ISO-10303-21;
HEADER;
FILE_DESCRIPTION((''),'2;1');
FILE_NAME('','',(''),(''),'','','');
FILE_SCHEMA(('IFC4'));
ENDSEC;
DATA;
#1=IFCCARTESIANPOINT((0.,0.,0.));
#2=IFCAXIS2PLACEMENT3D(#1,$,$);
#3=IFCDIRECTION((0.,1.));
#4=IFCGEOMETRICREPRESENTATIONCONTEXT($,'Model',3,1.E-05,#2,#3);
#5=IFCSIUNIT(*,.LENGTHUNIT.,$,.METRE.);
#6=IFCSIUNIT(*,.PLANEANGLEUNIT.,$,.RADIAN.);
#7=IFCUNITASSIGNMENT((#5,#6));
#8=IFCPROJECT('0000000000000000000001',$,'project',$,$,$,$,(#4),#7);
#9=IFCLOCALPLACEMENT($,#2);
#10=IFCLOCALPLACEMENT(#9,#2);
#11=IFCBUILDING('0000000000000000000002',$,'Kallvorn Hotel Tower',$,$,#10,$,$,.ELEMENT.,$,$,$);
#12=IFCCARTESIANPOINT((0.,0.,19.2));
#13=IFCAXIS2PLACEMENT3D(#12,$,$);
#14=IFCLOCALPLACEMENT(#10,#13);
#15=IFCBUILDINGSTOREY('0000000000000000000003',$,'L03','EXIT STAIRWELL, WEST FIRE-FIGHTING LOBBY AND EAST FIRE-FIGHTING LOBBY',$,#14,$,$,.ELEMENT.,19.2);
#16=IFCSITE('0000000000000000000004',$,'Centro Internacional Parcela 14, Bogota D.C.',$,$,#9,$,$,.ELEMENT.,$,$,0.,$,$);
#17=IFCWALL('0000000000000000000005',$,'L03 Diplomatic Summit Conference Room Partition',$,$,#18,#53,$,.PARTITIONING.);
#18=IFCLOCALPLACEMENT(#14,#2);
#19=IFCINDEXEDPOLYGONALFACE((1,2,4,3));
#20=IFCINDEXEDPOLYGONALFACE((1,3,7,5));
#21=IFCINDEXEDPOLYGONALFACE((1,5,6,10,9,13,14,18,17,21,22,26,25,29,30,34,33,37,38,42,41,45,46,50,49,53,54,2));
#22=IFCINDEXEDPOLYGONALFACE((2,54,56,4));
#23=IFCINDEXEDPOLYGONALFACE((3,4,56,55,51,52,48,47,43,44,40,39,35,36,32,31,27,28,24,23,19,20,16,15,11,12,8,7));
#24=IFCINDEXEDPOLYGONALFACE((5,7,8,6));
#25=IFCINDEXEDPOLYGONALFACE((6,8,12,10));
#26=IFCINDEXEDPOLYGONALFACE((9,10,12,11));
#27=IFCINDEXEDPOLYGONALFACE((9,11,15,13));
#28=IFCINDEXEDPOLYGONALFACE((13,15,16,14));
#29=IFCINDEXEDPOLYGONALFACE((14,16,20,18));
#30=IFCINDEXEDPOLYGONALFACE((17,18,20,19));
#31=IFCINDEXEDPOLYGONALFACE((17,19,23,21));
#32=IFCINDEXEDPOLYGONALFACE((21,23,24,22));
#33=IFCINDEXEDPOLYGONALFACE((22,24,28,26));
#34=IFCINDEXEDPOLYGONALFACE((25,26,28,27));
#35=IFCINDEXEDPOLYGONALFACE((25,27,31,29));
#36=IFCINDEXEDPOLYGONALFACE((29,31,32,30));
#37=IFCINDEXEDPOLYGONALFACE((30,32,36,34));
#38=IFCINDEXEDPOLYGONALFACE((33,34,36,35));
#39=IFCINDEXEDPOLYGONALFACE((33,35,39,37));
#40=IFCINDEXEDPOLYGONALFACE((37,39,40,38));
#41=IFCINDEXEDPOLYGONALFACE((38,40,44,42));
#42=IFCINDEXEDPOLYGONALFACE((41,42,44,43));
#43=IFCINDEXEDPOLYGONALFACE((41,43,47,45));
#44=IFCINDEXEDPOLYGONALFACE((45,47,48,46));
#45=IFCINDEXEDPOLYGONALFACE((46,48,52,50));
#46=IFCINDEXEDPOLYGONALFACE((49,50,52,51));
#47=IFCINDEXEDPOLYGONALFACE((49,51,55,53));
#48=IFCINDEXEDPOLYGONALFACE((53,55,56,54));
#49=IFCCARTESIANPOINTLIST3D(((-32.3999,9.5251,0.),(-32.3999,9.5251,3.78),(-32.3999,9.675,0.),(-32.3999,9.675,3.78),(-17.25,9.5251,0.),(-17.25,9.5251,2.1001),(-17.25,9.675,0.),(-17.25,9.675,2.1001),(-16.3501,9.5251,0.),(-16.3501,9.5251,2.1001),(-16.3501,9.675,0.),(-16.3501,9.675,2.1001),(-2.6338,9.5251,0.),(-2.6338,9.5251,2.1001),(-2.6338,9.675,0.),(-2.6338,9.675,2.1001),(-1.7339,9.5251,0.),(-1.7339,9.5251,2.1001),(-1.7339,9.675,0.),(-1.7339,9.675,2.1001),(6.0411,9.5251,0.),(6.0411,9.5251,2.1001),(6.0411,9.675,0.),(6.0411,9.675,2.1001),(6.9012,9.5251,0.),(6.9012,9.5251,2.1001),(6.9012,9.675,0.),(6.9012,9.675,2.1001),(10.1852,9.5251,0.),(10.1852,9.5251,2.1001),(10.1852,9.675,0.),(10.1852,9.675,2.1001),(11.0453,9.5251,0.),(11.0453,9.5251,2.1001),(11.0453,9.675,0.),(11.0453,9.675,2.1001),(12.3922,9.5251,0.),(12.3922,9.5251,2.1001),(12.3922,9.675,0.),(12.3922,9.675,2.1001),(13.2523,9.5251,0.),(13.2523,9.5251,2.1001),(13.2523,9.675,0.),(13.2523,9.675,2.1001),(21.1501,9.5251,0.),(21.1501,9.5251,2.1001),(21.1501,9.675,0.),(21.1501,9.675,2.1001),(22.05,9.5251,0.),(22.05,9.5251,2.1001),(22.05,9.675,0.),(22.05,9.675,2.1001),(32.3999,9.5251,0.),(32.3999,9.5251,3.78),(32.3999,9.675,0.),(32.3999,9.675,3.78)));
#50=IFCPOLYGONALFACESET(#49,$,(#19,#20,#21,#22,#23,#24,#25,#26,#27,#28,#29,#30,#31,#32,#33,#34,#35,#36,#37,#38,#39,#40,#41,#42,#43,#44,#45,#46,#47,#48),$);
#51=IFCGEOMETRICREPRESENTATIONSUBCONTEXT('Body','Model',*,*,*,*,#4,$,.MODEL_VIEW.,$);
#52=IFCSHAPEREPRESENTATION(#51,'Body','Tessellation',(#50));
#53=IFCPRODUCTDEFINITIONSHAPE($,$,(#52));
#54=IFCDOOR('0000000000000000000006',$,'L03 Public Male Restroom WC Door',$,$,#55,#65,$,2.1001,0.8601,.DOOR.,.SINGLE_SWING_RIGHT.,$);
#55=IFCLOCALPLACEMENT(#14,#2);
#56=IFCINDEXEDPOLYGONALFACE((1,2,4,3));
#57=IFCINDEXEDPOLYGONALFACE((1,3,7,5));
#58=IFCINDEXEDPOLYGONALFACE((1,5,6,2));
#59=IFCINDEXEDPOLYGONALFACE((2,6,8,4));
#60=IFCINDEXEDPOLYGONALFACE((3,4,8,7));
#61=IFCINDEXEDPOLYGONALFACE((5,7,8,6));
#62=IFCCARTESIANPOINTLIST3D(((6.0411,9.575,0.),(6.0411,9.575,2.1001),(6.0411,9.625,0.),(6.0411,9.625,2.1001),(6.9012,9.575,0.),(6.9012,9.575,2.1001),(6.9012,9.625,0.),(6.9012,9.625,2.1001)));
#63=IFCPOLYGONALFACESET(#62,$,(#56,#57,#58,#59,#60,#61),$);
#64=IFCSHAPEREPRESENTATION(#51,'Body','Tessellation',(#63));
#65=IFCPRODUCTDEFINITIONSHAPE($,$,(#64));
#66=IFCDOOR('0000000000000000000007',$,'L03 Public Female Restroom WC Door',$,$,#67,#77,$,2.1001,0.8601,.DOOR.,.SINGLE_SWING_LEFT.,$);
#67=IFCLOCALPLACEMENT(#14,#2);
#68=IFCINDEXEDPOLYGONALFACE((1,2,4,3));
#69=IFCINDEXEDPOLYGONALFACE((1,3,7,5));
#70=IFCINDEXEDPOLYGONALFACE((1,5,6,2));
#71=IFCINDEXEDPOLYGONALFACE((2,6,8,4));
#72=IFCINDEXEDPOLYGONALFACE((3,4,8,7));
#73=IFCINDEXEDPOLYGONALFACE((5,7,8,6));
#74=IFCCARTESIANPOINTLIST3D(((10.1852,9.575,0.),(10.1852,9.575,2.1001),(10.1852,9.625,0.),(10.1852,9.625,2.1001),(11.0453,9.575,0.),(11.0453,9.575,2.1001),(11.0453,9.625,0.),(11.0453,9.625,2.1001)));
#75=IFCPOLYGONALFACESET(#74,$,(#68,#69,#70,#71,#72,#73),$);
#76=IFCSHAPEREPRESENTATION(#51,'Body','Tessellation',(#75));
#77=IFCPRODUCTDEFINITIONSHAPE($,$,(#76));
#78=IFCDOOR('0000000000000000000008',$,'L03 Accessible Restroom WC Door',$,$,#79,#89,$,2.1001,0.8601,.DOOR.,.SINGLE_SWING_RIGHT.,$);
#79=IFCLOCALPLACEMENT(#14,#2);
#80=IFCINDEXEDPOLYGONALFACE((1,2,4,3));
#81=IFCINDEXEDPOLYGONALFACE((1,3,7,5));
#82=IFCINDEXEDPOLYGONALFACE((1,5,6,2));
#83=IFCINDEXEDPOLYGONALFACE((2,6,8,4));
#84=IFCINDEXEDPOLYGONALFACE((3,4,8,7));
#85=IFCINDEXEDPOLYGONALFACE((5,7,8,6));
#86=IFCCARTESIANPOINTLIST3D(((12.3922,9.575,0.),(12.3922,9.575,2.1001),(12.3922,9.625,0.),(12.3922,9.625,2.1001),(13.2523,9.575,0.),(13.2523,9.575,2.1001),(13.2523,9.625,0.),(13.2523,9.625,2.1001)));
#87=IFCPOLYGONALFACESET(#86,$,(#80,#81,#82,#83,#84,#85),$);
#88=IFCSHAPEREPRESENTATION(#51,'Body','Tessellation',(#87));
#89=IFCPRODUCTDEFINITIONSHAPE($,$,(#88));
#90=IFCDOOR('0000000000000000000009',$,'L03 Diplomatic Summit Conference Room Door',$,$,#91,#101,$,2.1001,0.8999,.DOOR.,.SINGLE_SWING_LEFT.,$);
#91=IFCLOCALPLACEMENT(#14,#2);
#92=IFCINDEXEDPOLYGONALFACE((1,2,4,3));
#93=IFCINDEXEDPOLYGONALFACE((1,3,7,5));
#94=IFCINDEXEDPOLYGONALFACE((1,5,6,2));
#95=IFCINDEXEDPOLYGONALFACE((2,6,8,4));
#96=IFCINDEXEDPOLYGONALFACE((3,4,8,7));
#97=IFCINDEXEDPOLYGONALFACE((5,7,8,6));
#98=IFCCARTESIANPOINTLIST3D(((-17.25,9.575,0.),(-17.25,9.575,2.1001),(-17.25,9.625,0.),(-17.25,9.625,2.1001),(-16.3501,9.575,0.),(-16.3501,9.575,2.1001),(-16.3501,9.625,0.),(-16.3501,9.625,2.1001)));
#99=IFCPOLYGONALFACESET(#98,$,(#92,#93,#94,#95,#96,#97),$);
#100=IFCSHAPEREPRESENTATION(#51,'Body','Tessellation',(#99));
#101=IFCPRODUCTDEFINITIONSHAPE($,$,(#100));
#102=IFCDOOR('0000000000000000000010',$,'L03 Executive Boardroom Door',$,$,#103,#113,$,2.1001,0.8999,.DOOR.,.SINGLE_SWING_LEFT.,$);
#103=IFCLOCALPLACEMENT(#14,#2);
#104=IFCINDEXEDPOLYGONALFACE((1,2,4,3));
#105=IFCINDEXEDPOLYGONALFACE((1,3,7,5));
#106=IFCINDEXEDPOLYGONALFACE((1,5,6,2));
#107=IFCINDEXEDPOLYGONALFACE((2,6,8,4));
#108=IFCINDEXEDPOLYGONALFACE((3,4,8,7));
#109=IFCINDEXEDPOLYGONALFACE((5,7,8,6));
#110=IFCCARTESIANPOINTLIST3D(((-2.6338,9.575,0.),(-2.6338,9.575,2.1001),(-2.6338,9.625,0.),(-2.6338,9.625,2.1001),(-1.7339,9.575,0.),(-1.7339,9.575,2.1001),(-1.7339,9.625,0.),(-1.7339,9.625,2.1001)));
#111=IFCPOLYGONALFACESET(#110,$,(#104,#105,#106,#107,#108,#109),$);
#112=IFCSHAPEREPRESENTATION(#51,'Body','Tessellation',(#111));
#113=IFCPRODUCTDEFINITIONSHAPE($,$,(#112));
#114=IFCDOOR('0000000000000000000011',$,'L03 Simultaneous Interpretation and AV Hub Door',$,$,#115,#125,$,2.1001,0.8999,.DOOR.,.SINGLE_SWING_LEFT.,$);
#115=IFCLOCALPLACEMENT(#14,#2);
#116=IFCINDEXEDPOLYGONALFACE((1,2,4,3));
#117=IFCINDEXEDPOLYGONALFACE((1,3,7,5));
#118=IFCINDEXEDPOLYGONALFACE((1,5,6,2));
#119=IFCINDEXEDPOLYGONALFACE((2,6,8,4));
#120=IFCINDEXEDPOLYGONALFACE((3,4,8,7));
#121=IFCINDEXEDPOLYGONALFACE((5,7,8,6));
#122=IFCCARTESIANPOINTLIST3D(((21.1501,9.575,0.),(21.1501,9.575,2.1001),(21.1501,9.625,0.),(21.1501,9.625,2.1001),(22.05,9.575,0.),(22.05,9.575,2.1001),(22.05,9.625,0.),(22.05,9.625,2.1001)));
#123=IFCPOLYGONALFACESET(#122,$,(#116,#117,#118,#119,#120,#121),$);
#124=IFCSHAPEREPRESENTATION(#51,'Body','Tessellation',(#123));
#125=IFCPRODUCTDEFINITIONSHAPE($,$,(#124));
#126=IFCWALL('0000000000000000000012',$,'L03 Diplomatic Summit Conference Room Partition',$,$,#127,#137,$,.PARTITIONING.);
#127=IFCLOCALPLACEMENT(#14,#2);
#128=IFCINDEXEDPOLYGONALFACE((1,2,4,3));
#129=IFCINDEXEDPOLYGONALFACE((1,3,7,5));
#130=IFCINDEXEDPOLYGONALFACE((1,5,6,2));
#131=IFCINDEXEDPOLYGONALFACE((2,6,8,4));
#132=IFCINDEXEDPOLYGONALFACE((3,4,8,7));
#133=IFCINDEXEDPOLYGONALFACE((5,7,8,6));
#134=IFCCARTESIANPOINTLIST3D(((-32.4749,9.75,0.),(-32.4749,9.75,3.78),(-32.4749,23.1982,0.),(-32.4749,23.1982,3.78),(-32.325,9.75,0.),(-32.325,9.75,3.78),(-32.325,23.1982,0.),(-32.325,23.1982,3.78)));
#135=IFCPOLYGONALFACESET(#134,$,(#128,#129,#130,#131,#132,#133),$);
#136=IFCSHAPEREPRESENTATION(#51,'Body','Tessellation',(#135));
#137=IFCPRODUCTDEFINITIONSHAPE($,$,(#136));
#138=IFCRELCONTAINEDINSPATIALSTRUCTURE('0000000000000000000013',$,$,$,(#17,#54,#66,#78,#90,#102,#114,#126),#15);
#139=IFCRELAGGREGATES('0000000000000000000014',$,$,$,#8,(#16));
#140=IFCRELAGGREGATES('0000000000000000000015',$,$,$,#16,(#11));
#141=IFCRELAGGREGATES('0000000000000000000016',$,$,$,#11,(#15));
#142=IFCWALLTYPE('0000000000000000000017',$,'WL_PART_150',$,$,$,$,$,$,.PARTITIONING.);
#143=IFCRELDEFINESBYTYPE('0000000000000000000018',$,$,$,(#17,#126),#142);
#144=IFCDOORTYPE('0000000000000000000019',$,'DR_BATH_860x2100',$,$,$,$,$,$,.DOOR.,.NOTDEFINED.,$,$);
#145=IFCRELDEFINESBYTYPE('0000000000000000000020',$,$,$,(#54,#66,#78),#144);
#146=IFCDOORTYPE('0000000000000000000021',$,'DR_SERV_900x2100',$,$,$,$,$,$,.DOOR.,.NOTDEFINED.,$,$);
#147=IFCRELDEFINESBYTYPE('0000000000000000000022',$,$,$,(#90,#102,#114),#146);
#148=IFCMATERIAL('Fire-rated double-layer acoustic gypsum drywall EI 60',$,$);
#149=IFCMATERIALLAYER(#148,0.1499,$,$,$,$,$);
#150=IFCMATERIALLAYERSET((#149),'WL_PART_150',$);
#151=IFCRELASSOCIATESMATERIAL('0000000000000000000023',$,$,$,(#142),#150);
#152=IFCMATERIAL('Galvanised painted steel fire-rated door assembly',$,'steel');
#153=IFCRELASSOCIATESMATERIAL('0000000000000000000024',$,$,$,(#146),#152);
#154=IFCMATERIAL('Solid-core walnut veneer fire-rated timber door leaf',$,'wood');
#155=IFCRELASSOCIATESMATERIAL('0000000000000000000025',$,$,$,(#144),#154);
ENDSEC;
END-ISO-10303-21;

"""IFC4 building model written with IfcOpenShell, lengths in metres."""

from ifc_helpers import new_model, si_unit, direction, frame, frame_2d, origin, place, context, subcontext, project, spatial, rectangle, extrude, material, layer, layer_set, type_object, element, fill, save


model = new_model("IFC4")

# Units and contexts
model_context = context("Model", 3, precision=1e-05, world=origin(), true_north=direction((0.0, 1.0)))
body_context = subcontext(model_context, "Body", "Model", "MODEL_VIEW")
ifc_project = project(units=[si_unit("LENGTHUNIT", "METRE"), si_unit("PLANEANGLEUNIT", "RADIAN")], contexts=[model_context])

# Site, building, storey
site_placement = place(None, origin())
site = spatial("IfcSite", under=ifc_project, at=site_placement, Name="Centro Internacional Parcela 14, Bogota D.C.", CompositionType="ELEMENT", RefElevation=0.0)
building_placement = place(site_placement, origin())
building = spatial("IfcBuilding", under=site, at=building_placement, Name="Kallvorn Hotel Tower", CompositionType="ELEMENT")
storey_placement = place(building_placement, frame((0.0, 0.0, 19.2)))
storey = spatial("IfcBuildingStorey", under=building, at=storey_placement, Name="L03", Description="EXIT STAIRWELL, WEST FIRE-FIGHTING LOBBY AND EAST FIRE-FIGHTING LOBBY", CompositionType="ELEMENT", Elevation=19.2)

# Shared definitions
ifc_material_1 = material(Name="Fire-rated double-layer acoustic gypsum drywall EI 60")
ifc_layer = layer(ifc_material_1, 0.1499)
ifc_layer_set = layer_set([ifc_layer], Name="WL_PART_150")
wall_type = type_object("IfcWallType", Name="WL_PART_150", PredefinedType="PARTITIONING", material=ifc_layer_set)
ifc_material_2 = material(Name="Galvanised painted steel fire-rated door assembly", Category="steel")
door_type_1 = type_object("IfcDoorType", Name="DR_SERV_900x2100", OperationType="NOTDEFINED", PredefinedType="DOOR", material=ifc_material_2)

# Wall, openings, doors
wall_1_placement = place(storey_placement, frame((-32.3999, 9.6001, 0.0), z_axis=(0.0, 0.0, 1.0), x_axis=(1.0, 0.0, 0.0)))
wall_1 = element("IfcWall", 1, at=wall_1_placement, inside=storey, type_object=wall_type, Name="L03 Diplomatic Summit Conference Room Partition", PredefinedType="PARTITIONING", context=body_context, shape_type="SweptSolid", body=[
    extrude(rectangle(XDim=64.7998, YDim=0.1499, at=frame_2d((32.3999, 0.0))), origin(), (0.0, 0.0, 1.0), 3.78),
])
opening_1_placement = place(wall_1_placement, frame((15.1499, 0.0, 0.0)))
opening_1 = element("IfcOpeningElement", 2, at=opening_1_placement, cuts=wall_1, PredefinedType="OPENING", context=body_context, shape_type="SweptSolid", body=[
    extrude(rectangle(XDim=0.8999, YDim=2.1001, at=frame_2d((0.45, 1.05))), frame((0.0, 0.0898, 0.0), z_axis=(0.0, -1.0, 0.0), x_axis=(1.0, 0.0, 0.0)), (0.0, 0.0, 1.0), 0.1799),
])
opening_2_placement = place(wall_1_placement, frame((29.7661, 0.0, 0.0)))
opening_2 = element("IfcOpeningElement", 3, at=opening_2_placement, cuts=wall_1, PredefinedType="OPENING", context=body_context, shape_type="SweptSolid", body=[
    extrude(rectangle(XDim=0.8999, YDim=2.1001, at=frame_2d((0.45, 1.05))), frame((0.0, 0.0898, 0.0), z_axis=(0.0, -1.0, 0.0), x_axis=(1.0, 0.0, 0.0)), (0.0, 0.0, 1.0), 0.1799),
])
opening_3_placement = place(wall_1_placement, frame((38.4409, 0.0, 0.0)))
opening_3 = element("IfcOpeningElement", 4, at=opening_3_placement, cuts=wall_1, PredefinedType="OPENING", context=body_context, shape_type="SweptSolid", body=[
    extrude(rectangle(XDim=0.8601, YDim=2.1001, at=frame_2d((0.4302, 1.05))), frame((0.0, 0.0898, 0.0), z_axis=(0.0, -1.0, 0.0), x_axis=(1.0, 0.0, 0.0)), (0.0, 0.0, 1.0), 0.1799),
])
opening_4_placement = place(wall_1_placement, frame((42.585, 0.0, 0.0)))
opening_4 = element("IfcOpeningElement", 5, at=opening_4_placement, cuts=wall_1, PredefinedType="OPENING", context=body_context, shape_type="SweptSolid", body=[
    extrude(rectangle(XDim=0.8601, YDim=2.1001, at=frame_2d((0.4302, 1.05))), frame((0.0, 0.0898, 0.0), z_axis=(0.0, -1.0, 0.0), x_axis=(1.0, 0.0, 0.0)), (0.0, 0.0, 1.0), 0.1799),
])
opening_5_placement = place(wall_1_placement, frame((44.792, 0.0, 0.0)))
opening_5 = element("IfcOpeningElement", 6, at=opening_5_placement, cuts=wall_1, PredefinedType="OPENING", context=body_context, shape_type="SweptSolid", body=[
    extrude(rectangle(XDim=0.8601, YDim=2.1001, at=frame_2d((0.4302, 1.05))), frame((0.0, 0.0898, 0.0), z_axis=(0.0, -1.0, 0.0), x_axis=(1.0, 0.0, 0.0)), (0.0, 0.0, 1.0), 0.1799),
])
opening_6_placement = place(wall_1_placement, frame((53.55, 0.0, 0.0)))
opening_6 = element("IfcOpeningElement", 7, at=opening_6_placement, cuts=wall_1, PredefinedType="OPENING", context=body_context, shape_type="SweptSolid", body=[
    extrude(rectangle(XDim=0.8999, YDim=2.1001, at=frame_2d((0.45, 1.05))), frame((0.0, 0.0898, 0.0), z_axis=(0.0, -1.0, 0.0), x_axis=(1.0, 0.0, 0.0)), (0.0, 0.0, 1.0), 0.1799),
])
ifc_material_3 = material(Name="Solid-core walnut veneer fire-rated timber door leaf", Category="wood")
door_type_2 = type_object("IfcDoorType", Name="DR_BATH_860x2100", OperationType="NOTDEFINED", PredefinedType="DOOR", material=ifc_material_3)
door_1_placement = place(opening_3_placement, origin())
door_1 = element("IfcDoor", 8, at=door_1_placement, inside=storey, type_object=door_type_2, Name="L03 Public Male Restroom WC Door", OperationType="SINGLE_SWING_RIGHT", OverallHeight=2.1001, OverallWidth=0.8601, PredefinedType="DOOR", context=body_context, shape_type="SweptSolid", body=[
    extrude(rectangle(XDim=0.8601, YDim=2.1001, at=frame_2d((0.4302, 1.05))), frame((0.0, 0.0249, 0.0), z_axis=(0.0, -1.0, 0.0), x_axis=(1.0, 0.0, 0.0)), (0.0, 0.0, 1.0), 0.05),
])
fill(opening_3, door_1)
door_2_placement = place(opening_4_placement, origin())
door_2 = element("IfcDoor", 9, at=door_2_placement, inside=storey, type_object=door_type_2, Name="L03 Public Female Restroom WC Door", OperationType="SINGLE_SWING_LEFT", OverallHeight=2.1001, OverallWidth=0.8601, PredefinedType="DOOR", context=body_context, shape_type="SweptSolid", body=[
    extrude(rectangle(XDim=0.8601, YDim=2.1001, at=frame_2d((0.4302, 1.05))), frame((0.0, 0.0249, 0.0), z_axis=(0.0, -1.0, 0.0), x_axis=(1.0, 0.0, 0.0)), (0.0, 0.0, 1.0), 0.05),
])
fill(opening_4, door_2)
door_3_placement = place(opening_5_placement, origin())
door_3 = element("IfcDoor", 10, at=door_3_placement, inside=storey, type_object=door_type_2, Name="L03 Accessible Restroom WC Door", OperationType="SINGLE_SWING_RIGHT", OverallHeight=2.1001, OverallWidth=0.8601, PredefinedType="DOOR", context=body_context, shape_type="SweptSolid", body=[
    extrude(rectangle(XDim=0.8601, YDim=2.1001, at=frame_2d((0.4302, 1.05))), frame((0.0, 0.0249, 0.0), z_axis=(0.0, -1.0, 0.0), x_axis=(1.0, 0.0, 0.0)), (0.0, 0.0, 1.0), 0.05),
])
fill(opening_5, door_3)
door_4_placement = place(opening_1_placement, origin())
door_4 = element("IfcDoor", 11, at=door_4_placement, inside=storey, type_object=door_type_1, Name="L03 Diplomatic Summit Conference Room Door", OperationType="SINGLE_SWING_LEFT", OverallHeight=2.1001, OverallWidth=0.8999, PredefinedType="DOOR", context=body_context, shape_type="SweptSolid", body=[
    extrude(rectangle(XDim=0.8999, YDim=2.1001, at=frame_2d((0.45, 1.05))), frame((0.0, 0.0249, 0.0), z_axis=(0.0, -1.0, 0.0), x_axis=(1.0, 0.0, 0.0)), (0.0, 0.0, 1.0), 0.05),
])
fill(opening_1, door_4)
door_5_placement = place(opening_2_placement, origin())
door_5 = element("IfcDoor", 12, at=door_5_placement, inside=storey, type_object=door_type_1, Name="L03 Executive Boardroom Door", OperationType="SINGLE_SWING_LEFT", OverallHeight=2.1001, OverallWidth=0.8999, PredefinedType="DOOR", context=body_context, shape_type="SweptSolid", body=[
    extrude(rectangle(XDim=0.8999, YDim=2.1001, at=frame_2d((0.45, 1.05))), frame((0.0, 0.0249, 0.0), z_axis=(0.0, -1.0, 0.0), x_axis=(1.0, 0.0, 0.0)), (0.0, 0.0, 1.0), 0.05),
])
fill(opening_2, door_5)
door_6_placement = place(opening_6_placement, origin())
door_6 = element("IfcDoor", 13, at=door_6_placement, inside=storey, type_object=door_type_1, Name="L03 Simultaneous Interpretation and AV Hub Door", OperationType="SINGLE_SWING_LEFT", OverallHeight=2.1001, OverallWidth=0.8999, PredefinedType="DOOR", context=body_context, shape_type="SweptSolid", body=[
    extrude(rectangle(XDim=0.8999, YDim=2.1001, at=frame_2d((0.45, 1.05))), frame((0.0, 0.0249, 0.0), z_axis=(0.0, -1.0, 0.0), x_axis=(1.0, 0.0, 0.0)), (0.0, 0.0, 1.0), 0.05),
])
fill(opening_6, door_6)

# Wall
wall_2_placement = place(storey_placement, frame((-32.3999, 9.75, 0.0), z_axis=(0.0, 0.0, 1.0), x_axis=(0.0, 1.0, 0.0)))
element("IfcWall", 14, at=wall_2_placement, inside=storey, type_object=wall_type, Name="L03 Diplomatic Summit Conference Room Partition", PredefinedType="PARTITIONING", context=body_context, shape_type="SweptSolid", body=[
    extrude(rectangle(XDim=13.4482, YDim=0.1499, at=frame_2d((6.7241, 0.0))), origin(), (0.0, 0.0, 1.0), 3.78),
])

save(model, "model.ifc")
